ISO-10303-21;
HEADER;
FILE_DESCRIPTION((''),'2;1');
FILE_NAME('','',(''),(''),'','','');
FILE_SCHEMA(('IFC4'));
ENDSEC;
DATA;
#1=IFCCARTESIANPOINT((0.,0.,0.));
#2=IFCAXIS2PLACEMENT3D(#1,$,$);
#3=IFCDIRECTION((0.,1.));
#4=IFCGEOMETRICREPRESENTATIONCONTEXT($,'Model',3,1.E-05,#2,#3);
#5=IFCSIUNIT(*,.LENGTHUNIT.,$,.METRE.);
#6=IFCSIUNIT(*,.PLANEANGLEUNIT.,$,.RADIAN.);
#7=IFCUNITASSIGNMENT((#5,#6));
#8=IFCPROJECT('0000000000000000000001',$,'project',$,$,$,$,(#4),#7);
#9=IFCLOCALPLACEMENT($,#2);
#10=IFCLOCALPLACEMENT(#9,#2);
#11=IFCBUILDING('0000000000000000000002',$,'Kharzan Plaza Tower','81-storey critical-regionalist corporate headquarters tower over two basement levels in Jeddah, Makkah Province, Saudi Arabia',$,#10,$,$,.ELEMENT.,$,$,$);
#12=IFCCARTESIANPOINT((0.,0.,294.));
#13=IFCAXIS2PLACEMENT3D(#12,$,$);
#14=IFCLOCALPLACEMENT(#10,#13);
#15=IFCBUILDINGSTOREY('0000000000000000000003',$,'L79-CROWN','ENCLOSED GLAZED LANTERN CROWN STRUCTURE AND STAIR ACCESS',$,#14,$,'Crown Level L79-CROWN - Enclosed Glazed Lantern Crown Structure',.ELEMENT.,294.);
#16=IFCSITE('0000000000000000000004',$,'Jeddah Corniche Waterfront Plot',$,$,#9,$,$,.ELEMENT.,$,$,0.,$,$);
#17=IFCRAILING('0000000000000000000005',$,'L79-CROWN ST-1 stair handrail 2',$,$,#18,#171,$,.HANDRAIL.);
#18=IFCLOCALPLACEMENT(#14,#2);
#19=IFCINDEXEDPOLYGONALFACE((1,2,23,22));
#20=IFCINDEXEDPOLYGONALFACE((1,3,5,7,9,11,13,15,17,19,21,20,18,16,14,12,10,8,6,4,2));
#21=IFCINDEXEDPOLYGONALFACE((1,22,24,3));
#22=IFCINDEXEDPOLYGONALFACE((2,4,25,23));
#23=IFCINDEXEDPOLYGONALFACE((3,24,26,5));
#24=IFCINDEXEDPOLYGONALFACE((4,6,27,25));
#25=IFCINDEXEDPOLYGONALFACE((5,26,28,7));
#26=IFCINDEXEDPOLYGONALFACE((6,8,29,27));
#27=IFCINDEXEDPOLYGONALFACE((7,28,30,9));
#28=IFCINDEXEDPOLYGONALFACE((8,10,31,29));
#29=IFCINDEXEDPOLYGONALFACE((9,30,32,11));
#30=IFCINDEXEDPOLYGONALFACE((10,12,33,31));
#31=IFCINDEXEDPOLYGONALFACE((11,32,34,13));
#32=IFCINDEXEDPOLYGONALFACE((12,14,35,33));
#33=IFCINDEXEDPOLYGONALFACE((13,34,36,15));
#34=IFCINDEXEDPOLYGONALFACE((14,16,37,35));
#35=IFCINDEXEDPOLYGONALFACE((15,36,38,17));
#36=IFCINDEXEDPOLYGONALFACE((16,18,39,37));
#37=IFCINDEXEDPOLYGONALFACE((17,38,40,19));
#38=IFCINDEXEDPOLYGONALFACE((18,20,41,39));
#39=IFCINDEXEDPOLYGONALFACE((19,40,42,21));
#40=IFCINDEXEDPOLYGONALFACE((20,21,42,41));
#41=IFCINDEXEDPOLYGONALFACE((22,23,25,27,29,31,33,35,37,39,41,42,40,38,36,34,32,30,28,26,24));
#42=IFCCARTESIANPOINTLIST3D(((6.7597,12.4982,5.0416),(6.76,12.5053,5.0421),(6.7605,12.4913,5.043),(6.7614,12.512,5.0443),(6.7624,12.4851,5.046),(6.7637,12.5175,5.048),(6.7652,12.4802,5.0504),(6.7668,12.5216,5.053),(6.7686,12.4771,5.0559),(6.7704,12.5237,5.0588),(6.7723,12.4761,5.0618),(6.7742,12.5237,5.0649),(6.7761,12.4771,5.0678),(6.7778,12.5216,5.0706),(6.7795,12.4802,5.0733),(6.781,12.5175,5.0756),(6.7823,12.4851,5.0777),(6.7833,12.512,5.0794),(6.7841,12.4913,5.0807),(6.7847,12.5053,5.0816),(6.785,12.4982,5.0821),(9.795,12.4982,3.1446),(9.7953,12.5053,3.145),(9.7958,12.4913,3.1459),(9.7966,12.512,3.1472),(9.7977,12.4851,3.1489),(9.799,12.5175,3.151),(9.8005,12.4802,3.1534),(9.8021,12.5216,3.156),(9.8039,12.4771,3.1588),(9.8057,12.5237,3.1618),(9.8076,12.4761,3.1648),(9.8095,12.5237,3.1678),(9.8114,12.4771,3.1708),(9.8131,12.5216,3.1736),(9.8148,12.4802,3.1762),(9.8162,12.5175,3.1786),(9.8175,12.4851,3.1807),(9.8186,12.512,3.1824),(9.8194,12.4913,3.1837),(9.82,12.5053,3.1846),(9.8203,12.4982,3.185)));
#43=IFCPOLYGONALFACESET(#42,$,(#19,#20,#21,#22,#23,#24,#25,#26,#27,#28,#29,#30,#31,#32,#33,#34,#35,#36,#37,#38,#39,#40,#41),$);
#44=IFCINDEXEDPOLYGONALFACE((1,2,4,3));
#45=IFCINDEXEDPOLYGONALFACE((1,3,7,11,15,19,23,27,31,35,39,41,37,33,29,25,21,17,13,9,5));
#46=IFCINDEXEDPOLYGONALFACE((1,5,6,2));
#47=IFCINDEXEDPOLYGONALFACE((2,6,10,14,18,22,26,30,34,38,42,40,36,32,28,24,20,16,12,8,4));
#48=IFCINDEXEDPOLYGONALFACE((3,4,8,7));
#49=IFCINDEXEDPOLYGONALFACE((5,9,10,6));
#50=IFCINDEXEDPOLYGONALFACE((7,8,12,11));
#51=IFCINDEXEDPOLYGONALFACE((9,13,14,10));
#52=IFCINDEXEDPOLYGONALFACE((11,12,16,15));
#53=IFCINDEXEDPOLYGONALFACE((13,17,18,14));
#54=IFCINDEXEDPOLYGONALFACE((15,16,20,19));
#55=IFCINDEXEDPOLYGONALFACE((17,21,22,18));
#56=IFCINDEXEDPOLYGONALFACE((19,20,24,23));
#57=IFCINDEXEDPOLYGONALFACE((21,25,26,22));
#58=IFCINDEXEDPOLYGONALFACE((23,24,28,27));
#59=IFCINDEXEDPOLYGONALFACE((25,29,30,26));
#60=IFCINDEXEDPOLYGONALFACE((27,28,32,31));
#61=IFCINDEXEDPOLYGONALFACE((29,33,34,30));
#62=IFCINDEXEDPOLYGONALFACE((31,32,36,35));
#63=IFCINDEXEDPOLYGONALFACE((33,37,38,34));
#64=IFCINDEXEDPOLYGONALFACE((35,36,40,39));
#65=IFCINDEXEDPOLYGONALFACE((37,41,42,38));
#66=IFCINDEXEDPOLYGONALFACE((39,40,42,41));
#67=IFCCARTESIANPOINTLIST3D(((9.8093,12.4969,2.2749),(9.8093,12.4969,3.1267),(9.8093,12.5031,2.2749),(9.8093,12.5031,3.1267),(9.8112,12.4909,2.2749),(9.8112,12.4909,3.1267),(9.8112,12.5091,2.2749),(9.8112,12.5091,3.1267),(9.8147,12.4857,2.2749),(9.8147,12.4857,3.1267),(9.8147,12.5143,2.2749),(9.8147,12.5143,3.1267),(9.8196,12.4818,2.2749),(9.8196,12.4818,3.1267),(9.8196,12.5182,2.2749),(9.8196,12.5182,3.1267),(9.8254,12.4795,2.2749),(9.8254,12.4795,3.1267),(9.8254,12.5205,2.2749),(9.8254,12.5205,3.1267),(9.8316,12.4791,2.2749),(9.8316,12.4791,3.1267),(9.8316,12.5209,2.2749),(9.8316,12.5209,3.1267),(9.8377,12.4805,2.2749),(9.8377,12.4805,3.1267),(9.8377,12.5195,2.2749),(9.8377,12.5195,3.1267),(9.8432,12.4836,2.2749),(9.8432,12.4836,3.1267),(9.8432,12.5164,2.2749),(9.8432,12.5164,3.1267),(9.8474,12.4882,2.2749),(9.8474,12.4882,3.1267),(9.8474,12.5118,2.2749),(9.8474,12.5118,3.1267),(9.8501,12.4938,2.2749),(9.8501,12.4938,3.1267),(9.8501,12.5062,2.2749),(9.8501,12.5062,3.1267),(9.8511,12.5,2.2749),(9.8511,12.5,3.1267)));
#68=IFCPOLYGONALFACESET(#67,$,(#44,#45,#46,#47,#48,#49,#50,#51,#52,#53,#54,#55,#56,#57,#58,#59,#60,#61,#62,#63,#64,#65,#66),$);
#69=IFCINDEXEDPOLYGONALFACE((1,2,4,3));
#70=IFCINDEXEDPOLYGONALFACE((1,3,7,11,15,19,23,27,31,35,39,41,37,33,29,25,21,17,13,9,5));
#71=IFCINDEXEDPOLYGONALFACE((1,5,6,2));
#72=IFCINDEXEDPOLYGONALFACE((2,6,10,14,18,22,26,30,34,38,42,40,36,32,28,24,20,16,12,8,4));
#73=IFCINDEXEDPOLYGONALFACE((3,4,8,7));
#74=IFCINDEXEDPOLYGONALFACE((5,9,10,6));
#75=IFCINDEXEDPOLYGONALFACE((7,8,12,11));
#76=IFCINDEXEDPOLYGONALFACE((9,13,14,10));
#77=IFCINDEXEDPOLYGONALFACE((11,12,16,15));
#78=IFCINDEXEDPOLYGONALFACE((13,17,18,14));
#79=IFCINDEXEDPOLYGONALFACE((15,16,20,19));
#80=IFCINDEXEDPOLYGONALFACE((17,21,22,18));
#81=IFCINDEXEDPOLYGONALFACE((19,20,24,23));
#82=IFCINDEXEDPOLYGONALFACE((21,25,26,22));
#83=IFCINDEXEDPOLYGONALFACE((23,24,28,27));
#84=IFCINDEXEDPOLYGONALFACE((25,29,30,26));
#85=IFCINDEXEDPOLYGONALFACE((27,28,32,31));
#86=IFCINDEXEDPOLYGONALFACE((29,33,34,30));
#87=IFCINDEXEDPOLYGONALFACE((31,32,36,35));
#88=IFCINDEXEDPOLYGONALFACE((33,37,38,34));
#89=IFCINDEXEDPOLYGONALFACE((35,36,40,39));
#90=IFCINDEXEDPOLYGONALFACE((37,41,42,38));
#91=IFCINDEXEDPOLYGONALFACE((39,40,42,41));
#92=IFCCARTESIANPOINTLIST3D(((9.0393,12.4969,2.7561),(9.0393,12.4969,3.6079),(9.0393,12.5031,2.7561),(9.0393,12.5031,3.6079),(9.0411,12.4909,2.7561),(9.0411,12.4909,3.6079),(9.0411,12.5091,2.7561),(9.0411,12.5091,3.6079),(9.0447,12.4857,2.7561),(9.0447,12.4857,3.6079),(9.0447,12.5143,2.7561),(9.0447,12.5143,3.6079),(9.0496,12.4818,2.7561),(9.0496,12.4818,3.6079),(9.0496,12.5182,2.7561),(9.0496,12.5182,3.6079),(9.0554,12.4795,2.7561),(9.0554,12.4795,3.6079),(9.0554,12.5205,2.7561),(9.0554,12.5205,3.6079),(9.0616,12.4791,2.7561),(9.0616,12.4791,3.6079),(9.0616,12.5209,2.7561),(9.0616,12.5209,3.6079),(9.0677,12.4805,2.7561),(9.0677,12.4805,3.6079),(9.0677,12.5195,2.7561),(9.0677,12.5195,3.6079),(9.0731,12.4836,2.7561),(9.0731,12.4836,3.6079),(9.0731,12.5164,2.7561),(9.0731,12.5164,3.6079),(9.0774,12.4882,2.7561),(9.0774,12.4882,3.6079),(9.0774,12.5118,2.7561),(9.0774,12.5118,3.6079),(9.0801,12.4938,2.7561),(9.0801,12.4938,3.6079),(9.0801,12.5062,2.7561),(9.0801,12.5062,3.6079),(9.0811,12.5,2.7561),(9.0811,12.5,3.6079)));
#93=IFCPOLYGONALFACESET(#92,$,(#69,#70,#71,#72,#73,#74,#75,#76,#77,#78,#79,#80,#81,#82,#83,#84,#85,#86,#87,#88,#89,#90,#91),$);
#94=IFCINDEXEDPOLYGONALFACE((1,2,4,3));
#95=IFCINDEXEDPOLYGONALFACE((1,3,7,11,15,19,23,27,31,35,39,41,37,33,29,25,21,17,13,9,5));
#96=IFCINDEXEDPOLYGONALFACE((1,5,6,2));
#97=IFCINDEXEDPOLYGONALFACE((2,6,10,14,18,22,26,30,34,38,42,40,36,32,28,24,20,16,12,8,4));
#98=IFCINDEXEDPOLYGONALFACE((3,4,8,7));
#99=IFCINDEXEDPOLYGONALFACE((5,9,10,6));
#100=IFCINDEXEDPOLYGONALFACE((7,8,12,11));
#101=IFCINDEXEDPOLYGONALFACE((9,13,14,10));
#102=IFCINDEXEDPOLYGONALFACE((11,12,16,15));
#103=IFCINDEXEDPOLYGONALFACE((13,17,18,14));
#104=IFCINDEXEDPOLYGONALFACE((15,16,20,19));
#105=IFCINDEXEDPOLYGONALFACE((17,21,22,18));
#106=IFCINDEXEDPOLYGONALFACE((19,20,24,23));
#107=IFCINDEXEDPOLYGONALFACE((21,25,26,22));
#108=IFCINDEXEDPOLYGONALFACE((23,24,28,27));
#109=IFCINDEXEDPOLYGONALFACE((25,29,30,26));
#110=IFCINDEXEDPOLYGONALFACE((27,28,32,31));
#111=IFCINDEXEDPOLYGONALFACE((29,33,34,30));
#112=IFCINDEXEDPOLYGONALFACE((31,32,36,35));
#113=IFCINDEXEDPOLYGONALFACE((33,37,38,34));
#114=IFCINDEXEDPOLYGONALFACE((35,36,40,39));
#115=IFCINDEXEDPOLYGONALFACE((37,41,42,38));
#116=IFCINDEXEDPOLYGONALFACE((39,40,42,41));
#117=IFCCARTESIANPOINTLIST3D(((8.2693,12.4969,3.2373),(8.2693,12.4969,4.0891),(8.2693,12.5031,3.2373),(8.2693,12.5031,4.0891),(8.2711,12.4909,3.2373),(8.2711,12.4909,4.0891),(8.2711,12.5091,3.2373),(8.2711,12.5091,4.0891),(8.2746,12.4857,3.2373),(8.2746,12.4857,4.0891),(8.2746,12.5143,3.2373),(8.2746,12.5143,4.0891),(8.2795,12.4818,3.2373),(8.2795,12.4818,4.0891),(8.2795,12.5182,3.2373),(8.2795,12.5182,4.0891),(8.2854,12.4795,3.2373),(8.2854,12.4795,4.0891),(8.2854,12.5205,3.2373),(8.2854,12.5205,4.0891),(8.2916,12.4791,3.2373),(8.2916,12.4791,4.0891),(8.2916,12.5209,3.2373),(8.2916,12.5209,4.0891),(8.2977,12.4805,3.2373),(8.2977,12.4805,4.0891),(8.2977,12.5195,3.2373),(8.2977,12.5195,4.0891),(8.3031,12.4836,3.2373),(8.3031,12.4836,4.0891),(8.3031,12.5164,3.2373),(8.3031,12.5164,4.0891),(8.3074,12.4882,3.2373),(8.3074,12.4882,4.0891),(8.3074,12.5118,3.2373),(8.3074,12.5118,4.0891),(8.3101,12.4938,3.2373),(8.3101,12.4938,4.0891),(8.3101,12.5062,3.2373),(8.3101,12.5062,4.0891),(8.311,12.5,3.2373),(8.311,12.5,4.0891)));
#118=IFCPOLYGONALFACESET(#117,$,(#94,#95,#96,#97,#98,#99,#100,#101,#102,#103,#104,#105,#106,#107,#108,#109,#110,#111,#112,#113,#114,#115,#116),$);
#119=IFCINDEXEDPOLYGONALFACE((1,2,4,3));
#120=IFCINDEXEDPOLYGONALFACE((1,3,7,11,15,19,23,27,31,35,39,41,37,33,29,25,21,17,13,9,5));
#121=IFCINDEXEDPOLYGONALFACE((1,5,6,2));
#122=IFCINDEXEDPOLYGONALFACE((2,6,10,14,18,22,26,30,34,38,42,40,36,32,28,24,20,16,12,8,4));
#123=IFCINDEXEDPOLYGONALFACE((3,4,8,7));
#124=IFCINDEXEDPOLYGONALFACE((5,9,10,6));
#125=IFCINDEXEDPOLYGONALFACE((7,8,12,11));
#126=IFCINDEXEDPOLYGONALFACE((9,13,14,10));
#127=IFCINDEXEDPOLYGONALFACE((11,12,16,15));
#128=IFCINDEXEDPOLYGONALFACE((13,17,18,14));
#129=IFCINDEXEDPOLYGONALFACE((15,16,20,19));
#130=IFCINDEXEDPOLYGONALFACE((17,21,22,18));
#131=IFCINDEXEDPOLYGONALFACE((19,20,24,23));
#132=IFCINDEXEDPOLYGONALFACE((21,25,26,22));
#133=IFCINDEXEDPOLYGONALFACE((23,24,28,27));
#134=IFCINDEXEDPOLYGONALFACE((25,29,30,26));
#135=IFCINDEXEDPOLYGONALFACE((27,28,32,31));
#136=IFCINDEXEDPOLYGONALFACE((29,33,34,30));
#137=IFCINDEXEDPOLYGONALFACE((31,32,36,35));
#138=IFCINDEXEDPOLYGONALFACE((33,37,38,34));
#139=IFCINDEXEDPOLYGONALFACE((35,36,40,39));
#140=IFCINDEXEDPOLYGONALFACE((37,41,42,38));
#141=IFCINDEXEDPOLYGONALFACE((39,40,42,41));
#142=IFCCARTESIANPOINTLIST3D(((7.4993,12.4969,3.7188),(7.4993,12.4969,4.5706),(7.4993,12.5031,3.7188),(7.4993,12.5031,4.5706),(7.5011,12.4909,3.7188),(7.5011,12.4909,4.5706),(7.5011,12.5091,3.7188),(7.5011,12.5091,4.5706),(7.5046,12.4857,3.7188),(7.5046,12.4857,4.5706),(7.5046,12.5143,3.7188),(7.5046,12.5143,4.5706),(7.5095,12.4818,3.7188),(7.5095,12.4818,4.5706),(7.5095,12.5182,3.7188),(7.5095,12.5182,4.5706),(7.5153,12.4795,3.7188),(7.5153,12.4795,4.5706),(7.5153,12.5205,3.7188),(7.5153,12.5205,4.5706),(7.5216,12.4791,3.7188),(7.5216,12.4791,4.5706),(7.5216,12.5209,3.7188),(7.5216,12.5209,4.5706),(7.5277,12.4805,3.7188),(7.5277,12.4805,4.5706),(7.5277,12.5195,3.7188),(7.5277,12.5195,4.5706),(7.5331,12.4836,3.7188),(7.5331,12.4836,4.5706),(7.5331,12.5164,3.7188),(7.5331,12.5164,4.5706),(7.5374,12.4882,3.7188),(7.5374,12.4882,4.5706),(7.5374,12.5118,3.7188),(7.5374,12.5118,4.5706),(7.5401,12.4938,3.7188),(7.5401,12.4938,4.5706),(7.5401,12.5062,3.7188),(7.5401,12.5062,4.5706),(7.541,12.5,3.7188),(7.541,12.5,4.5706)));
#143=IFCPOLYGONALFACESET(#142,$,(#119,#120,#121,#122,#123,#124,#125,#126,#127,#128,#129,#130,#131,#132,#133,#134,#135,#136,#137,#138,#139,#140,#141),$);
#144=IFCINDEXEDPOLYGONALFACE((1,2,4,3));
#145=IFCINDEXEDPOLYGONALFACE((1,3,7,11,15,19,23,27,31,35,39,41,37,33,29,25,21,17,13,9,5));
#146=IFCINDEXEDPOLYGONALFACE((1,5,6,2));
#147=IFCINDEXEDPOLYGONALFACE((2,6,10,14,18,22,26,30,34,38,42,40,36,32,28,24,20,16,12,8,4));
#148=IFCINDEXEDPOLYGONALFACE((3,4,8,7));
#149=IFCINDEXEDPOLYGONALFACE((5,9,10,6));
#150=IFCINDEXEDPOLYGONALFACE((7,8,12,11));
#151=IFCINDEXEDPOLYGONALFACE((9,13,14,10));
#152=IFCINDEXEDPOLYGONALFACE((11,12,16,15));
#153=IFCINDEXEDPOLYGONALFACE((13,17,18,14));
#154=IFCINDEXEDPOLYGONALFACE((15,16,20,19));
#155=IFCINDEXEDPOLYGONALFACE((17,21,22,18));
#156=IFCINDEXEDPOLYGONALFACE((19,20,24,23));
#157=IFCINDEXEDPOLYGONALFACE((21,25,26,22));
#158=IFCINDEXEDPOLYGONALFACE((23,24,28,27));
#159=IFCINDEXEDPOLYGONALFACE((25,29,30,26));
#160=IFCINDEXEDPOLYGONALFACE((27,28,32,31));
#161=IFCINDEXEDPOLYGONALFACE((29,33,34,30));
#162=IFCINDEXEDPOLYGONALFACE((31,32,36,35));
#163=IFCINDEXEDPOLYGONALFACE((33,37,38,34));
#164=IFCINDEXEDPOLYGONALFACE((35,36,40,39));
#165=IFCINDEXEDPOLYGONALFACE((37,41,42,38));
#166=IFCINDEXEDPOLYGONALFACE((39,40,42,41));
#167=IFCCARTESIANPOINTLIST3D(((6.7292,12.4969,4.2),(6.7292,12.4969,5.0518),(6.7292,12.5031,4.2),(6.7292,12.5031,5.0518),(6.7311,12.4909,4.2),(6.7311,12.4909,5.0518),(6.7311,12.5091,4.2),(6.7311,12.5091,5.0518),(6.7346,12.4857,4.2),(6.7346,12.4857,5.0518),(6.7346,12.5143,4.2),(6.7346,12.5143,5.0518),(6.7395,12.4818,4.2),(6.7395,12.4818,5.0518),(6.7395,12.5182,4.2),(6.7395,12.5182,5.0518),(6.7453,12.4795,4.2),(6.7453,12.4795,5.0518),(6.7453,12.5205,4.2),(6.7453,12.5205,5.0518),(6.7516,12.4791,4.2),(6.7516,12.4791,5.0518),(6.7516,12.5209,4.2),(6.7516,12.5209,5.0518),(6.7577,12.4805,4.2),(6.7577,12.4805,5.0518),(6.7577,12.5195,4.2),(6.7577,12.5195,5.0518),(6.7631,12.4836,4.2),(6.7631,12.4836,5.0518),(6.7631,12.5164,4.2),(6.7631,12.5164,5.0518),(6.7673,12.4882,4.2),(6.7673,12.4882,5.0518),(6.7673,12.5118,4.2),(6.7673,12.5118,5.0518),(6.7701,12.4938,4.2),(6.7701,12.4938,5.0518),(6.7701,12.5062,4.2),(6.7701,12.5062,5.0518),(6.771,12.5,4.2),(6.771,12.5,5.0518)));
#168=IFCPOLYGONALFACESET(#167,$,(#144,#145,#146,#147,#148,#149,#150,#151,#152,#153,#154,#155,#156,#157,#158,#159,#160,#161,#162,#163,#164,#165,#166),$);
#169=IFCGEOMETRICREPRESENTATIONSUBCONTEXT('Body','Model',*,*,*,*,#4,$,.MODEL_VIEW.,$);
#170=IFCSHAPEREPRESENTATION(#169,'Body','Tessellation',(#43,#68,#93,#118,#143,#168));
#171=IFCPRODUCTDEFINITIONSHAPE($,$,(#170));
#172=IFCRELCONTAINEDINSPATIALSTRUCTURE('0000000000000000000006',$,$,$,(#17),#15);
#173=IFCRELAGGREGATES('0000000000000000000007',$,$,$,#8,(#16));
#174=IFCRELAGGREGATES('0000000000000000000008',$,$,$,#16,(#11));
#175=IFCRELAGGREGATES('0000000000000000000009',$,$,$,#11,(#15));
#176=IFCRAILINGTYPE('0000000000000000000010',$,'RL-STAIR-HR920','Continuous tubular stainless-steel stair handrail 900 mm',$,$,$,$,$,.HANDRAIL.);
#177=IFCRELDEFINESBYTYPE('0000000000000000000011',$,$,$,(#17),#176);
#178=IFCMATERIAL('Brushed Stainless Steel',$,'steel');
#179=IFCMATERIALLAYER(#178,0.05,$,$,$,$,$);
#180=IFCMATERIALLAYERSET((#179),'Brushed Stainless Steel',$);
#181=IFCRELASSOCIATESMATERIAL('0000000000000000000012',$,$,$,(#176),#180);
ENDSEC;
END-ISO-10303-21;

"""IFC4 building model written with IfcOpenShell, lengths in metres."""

from ifc_helpers import new_model, si_unit, direction, frame, origin, origin_2d, place, context, subcontext, project, spatial, circle, extrude, source, transform, mapped, material, layer, layer_set, type_object, element, save


model = new_model("IFC4")

# Units and contexts
model_context = context("Model", 3, precision=1e-05, world=origin(), true_north=direction((0.0, 1.0)))
body_context = subcontext(model_context, "Body", "Model", "MODEL_VIEW")
ifc_project = project(units=[si_unit("LENGTHUNIT", "METRE"), si_unit("PLANEANGLEUNIT", "RADIAN")], contexts=[model_context])

# Site, building, storey
site_placement = place(None, origin())
site = spatial("IfcSite", under=ifc_project, at=site_placement, Name="Jeddah Corniche Waterfront Plot", CompositionType="ELEMENT", RefElevation=0.0)
building_placement = place(site_placement, origin())
building = spatial("IfcBuilding", under=site, at=building_placement, Name="Kharzan Plaza Tower", Description="81-storey critical-regionalist corporate headquarters tower over two basement levels in Jeddah, Makkah Province, Saudi Arabia", CompositionType="ELEMENT")
storey_placement = place(building_placement, frame((0.0, 0.0, 294.0)))
storey = spatial("IfcBuildingStorey", under=building, at=storey_placement, Name="L79-CROWN", Description="ENCLOSED GLAZED LANTERN CROWN STRUCTURE AND STAIR ACCESS", LongName="Crown Level L79-CROWN - Enclosed Glazed Lantern Crown Structure", CompositionType="ELEMENT", Elevation=294.0)

# Shared definitions
ifc_material_1 = material(Name="Brushed Stainless Steel", Category="steel")

# Railing
ifc_layer_1 = layer(ifc_material_1, 0.05)
ifc_layer_set_1 = layer_set([ifc_layer_1], Name="Brushed Stainless Steel")
railing_type_1 = type_object("IfcRailingType", Name="RL-STAIR-HR920", Description="Continuous tubular stainless-steel stair handrail 900 mm", PredefinedType="HANDRAIL", material=ifc_layer_set_1)
shared_shape_1 = source(origin(), body_context, "Body", "SweptSolid", [
    extrude(circle(Radius=0.0239, at=origin_2d()), frame((-0.0225, 0.0, 0.8899), z_axis=(-0.847998, 0.0, 0.529999), x_axis=(0.0, -1.0, 0.0)), (0.0, 0.0, 1.0), 3.5793),
    extrude(circle(Radius=0.021, at=origin_2d()), origin(), (0.0, 0.0, 1.0), 0.8518),
    extrude(circle(Radius=0.021, at=origin_2d()), frame((-0.77, 0.0, 0.4812)), (0.0, 0.0, 1.0), 0.8518),
    extrude(circle(Radius=0.021, at=origin_2d()), frame((-1.54, 0.0, 0.9624)), (0.0, 0.0, 1.0), 0.8518),
    extrude(circle(Radius=0.021, at=origin_2d()), frame((-2.3101, 0.0, 1.4438)), (0.0, 0.0, 1.0), 0.8518),
    extrude(circle(Radius=0.021, at=origin_2d()), frame((-3.0801, 0.0, 1.925)), (0.0, 0.0, 1.0), 0.8518),
])
railing_1_placement = place(storey_placement, frame((9.8301, 12.5, 2.2749)))
element("IfcRailing", 1, at=railing_1_placement, inside=storey, type_object=railing_type_1, Name="L79-CROWN ST-1 stair handrail 2", PredefinedType="HANDRAIL", context=body_context, shape_type="MappedRepresentation", body=[
    mapped(shared_shape_1, transform((0.0, 0.0, 0.0), x_axis=(1.0, 0.0, 0.0), y_axis=(0.0, 1.0, 0.0), z_axis=(0.0, 0.0, 1.0))),
])

save(model, "model.ifc")
